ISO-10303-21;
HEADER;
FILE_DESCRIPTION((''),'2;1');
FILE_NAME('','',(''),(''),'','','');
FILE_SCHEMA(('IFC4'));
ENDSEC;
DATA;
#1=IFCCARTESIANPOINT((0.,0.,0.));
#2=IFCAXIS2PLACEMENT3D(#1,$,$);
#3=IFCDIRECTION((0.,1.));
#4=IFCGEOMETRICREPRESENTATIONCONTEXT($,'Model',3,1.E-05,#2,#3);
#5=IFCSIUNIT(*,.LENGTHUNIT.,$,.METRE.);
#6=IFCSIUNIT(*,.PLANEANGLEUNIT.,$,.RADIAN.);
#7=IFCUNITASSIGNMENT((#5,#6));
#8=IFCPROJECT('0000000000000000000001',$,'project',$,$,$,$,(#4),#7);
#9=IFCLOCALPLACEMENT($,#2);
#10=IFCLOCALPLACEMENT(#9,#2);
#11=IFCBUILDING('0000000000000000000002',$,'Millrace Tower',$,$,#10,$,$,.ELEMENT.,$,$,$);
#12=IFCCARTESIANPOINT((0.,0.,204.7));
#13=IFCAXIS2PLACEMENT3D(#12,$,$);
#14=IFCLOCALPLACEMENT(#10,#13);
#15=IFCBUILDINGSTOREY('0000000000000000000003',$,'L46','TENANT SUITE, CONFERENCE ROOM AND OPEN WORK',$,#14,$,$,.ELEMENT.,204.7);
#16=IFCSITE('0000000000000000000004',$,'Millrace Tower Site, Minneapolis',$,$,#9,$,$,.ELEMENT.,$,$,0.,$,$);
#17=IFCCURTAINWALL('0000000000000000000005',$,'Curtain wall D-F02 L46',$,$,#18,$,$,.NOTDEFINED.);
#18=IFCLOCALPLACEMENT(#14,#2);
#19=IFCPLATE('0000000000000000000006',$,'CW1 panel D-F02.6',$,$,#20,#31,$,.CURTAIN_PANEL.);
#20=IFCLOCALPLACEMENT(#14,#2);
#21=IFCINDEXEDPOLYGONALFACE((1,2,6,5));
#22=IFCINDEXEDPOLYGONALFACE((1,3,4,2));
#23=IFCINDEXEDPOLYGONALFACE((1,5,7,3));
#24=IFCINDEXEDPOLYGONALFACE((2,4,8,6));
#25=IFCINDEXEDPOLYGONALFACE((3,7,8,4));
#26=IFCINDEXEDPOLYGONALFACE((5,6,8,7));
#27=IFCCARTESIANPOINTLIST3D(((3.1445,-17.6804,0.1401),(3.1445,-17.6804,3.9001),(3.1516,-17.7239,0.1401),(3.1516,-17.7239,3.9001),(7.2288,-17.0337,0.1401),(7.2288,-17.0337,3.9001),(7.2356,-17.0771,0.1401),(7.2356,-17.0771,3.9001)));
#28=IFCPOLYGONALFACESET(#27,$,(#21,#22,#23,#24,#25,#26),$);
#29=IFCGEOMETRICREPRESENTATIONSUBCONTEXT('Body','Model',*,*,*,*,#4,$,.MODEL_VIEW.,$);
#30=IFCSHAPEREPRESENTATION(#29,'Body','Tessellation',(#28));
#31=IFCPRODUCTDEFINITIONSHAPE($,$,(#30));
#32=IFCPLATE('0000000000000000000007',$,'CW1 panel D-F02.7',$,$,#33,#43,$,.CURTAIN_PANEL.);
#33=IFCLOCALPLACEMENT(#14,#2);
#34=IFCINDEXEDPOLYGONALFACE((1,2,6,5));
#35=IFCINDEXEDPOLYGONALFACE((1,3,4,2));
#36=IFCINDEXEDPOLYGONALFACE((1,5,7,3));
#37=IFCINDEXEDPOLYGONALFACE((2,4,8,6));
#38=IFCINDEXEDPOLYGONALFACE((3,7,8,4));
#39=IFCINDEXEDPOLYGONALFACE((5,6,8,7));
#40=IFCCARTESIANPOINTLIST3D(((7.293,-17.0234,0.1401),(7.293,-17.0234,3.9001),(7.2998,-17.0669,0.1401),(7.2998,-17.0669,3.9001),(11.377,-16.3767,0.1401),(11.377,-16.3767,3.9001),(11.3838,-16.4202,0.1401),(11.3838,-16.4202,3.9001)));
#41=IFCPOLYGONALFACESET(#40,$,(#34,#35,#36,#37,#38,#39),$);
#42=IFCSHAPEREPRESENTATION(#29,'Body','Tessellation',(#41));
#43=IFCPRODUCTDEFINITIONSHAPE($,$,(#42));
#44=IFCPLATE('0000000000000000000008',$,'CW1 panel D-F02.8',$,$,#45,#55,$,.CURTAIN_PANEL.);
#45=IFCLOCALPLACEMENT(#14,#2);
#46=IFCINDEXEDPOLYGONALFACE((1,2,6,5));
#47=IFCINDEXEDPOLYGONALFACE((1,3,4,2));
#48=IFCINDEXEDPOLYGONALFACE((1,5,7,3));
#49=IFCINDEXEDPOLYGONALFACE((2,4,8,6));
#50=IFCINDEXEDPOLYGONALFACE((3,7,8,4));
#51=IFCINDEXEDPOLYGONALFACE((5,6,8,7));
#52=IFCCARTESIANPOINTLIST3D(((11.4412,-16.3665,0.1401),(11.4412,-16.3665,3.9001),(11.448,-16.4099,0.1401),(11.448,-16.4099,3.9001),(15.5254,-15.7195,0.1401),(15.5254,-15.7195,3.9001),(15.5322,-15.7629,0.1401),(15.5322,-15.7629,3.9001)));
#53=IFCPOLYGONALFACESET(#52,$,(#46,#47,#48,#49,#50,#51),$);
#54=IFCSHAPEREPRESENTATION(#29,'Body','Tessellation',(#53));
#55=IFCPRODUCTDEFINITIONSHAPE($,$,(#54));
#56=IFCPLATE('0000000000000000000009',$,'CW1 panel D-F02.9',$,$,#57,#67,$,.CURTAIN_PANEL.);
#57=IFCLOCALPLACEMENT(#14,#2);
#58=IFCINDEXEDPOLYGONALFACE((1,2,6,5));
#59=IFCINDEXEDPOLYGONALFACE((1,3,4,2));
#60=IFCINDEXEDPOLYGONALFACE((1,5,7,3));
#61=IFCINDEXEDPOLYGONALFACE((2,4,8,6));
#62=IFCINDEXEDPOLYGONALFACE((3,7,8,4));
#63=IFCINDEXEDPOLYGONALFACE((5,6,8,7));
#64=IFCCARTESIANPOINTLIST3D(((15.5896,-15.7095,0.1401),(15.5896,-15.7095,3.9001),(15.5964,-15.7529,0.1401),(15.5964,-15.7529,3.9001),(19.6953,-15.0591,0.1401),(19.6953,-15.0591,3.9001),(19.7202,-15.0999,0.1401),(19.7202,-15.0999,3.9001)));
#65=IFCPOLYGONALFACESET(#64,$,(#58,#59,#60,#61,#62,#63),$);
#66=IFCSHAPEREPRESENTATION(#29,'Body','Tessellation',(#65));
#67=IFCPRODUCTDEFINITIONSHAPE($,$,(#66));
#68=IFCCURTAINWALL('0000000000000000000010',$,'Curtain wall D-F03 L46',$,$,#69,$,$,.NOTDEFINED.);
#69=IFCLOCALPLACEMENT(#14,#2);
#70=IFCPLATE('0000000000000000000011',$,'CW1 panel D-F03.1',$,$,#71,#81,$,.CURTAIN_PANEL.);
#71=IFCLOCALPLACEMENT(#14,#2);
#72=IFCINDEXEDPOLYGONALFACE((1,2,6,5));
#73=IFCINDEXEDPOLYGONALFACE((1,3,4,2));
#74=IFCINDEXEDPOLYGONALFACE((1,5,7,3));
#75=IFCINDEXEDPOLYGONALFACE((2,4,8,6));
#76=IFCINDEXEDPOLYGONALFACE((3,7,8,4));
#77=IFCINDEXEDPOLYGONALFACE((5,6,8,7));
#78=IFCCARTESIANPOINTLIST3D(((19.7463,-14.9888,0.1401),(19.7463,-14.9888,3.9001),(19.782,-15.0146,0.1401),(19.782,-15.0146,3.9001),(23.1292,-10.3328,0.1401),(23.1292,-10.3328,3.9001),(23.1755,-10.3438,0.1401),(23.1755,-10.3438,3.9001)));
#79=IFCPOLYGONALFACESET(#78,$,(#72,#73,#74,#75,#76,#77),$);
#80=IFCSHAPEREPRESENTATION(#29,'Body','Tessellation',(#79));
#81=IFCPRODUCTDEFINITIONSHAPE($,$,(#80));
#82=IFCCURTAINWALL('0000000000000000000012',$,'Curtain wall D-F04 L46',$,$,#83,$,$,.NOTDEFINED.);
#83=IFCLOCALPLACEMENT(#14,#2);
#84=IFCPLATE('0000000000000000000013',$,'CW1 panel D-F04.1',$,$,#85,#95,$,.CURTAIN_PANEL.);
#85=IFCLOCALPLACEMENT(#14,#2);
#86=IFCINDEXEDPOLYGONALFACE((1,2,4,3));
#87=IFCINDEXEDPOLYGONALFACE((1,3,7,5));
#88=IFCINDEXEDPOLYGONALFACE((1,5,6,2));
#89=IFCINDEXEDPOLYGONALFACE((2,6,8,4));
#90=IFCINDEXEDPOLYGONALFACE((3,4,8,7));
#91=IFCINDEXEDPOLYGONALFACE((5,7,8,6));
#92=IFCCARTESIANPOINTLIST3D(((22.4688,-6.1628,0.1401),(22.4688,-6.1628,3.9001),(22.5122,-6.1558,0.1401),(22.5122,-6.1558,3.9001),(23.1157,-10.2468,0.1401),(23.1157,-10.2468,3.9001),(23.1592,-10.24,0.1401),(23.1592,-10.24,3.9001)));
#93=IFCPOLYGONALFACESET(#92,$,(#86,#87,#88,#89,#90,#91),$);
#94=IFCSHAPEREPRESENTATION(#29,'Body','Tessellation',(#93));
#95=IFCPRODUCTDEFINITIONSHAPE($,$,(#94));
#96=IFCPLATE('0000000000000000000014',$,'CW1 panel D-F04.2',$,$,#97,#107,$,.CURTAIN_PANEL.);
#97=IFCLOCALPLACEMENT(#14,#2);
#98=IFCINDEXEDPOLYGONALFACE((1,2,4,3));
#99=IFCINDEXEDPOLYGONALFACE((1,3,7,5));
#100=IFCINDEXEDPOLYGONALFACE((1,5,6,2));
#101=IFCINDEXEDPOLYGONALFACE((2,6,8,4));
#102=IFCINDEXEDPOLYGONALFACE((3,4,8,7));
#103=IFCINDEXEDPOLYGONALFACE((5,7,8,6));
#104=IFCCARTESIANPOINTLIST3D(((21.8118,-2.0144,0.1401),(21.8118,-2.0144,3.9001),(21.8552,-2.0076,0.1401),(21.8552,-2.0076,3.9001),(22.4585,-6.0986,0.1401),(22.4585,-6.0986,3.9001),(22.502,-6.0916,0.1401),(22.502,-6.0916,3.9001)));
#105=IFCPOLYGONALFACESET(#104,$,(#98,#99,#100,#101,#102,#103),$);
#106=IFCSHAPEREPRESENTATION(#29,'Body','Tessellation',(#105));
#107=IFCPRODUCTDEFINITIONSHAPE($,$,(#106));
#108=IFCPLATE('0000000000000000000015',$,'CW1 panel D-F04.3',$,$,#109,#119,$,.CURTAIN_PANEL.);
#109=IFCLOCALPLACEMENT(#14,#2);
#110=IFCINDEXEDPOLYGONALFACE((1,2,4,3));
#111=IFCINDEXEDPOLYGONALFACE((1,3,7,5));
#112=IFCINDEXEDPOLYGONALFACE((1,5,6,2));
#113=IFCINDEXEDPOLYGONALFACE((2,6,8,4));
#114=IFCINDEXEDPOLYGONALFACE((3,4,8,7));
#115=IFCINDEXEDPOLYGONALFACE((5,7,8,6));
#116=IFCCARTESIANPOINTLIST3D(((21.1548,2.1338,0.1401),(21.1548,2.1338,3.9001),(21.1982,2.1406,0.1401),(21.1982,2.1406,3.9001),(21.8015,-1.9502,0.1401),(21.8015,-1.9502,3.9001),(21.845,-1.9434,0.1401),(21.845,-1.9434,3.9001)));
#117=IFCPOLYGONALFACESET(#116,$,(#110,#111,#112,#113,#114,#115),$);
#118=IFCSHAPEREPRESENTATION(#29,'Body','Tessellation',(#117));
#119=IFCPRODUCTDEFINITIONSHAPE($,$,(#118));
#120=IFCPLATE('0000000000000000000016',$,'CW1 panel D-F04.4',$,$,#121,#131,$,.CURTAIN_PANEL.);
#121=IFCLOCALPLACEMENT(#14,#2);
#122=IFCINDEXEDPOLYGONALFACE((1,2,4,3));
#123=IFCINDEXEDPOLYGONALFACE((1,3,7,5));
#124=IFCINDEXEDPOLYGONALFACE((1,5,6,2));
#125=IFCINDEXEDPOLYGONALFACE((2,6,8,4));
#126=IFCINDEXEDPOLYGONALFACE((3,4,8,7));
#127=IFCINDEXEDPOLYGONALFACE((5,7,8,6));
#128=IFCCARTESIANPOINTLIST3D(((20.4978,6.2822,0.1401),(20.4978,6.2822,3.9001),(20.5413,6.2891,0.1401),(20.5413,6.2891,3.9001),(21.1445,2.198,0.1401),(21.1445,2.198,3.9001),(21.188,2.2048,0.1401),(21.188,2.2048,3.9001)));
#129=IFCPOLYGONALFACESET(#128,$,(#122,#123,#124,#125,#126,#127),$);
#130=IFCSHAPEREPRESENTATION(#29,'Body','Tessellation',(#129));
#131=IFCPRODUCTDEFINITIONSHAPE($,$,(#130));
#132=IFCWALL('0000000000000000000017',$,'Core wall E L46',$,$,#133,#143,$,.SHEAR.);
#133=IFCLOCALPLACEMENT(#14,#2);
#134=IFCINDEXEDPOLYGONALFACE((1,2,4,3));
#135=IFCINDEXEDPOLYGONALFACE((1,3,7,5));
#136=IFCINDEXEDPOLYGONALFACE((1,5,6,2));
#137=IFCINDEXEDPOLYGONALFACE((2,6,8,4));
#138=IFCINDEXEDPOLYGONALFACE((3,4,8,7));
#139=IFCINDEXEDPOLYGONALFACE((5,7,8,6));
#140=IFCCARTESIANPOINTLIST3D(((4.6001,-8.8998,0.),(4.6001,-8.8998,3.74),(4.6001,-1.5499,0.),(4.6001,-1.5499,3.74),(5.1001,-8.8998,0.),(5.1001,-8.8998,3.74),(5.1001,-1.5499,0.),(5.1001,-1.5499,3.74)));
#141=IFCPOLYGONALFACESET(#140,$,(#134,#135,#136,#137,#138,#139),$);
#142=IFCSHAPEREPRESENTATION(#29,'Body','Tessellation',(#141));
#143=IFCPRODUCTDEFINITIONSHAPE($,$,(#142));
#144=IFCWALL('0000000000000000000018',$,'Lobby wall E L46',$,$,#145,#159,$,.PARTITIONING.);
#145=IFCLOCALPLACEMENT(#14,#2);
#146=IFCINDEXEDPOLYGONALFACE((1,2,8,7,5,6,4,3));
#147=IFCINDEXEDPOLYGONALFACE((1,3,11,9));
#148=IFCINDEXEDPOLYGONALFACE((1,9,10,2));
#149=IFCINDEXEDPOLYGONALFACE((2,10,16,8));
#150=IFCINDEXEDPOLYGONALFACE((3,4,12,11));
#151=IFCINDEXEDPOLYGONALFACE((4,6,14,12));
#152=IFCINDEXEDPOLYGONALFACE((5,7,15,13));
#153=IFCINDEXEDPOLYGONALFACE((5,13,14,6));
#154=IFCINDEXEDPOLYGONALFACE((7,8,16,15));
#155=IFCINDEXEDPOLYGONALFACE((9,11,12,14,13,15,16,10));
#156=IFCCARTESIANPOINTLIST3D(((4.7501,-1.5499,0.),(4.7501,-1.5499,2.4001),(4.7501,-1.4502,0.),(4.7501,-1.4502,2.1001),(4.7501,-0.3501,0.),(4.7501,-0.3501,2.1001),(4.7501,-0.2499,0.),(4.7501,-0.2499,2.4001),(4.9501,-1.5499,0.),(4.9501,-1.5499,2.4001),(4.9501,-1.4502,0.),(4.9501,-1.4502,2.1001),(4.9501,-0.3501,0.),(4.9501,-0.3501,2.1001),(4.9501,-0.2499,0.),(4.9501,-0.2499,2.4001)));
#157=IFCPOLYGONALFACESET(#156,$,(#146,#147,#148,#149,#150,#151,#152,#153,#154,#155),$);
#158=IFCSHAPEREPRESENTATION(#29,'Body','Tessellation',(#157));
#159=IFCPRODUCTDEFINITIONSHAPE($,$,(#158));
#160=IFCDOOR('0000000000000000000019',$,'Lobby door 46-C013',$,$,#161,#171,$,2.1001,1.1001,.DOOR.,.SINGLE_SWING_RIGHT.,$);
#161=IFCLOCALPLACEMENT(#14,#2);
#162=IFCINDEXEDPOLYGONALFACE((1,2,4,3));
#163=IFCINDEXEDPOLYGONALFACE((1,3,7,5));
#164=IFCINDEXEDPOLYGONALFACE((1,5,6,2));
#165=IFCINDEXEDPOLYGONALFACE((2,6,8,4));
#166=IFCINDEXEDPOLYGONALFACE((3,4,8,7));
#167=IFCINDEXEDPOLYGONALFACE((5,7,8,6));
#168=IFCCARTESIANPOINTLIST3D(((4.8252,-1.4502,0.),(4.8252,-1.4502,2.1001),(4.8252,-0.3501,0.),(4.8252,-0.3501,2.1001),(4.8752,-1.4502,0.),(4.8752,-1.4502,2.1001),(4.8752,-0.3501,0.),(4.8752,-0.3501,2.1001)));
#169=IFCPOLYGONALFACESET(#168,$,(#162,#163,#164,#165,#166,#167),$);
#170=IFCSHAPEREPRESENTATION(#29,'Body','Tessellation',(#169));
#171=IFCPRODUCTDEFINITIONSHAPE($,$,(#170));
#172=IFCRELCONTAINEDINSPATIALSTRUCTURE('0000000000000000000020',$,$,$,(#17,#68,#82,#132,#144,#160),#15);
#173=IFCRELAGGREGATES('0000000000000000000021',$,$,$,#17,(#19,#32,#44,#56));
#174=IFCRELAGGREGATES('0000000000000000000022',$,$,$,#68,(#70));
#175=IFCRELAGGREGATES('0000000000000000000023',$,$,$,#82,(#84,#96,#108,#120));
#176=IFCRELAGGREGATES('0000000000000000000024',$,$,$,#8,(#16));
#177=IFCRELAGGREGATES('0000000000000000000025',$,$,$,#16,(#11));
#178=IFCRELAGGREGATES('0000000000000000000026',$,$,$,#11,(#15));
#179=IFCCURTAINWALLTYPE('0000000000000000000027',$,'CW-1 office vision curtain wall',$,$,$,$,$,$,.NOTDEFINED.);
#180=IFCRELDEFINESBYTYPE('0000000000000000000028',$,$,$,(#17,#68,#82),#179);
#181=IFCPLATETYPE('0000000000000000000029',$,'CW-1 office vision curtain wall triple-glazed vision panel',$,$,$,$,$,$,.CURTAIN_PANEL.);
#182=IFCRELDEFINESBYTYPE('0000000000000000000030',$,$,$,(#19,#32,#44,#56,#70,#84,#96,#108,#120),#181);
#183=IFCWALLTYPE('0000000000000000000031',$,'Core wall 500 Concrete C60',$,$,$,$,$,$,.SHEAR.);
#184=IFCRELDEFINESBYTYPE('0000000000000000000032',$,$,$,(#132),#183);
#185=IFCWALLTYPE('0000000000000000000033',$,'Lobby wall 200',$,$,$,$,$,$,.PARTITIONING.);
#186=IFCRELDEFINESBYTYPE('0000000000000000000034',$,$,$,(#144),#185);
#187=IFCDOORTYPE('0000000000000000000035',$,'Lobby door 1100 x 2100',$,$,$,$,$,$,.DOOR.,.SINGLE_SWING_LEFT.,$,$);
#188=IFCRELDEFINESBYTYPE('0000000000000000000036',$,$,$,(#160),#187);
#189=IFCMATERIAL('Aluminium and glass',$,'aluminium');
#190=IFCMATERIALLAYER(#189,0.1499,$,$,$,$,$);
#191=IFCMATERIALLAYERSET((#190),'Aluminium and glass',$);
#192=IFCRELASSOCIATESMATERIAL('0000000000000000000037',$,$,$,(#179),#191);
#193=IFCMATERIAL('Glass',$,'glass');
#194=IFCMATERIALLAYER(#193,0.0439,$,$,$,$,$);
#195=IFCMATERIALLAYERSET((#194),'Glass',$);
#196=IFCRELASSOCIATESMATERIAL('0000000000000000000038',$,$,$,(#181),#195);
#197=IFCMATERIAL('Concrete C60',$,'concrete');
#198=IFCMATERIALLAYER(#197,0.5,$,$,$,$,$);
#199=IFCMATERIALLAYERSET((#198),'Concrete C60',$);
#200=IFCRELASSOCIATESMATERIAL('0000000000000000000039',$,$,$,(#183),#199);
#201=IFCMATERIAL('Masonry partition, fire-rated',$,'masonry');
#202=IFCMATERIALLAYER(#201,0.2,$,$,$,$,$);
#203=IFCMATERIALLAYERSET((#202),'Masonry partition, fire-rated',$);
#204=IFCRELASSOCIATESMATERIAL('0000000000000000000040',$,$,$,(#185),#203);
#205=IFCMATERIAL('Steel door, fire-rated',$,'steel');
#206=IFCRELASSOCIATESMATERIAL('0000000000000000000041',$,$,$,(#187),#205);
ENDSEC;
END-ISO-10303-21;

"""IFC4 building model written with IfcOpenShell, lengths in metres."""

from ifc_helpers import new_model, si_unit, direction, frame, frame_2d, origin, place, context, subcontext, project, spatial, polyline, rectangle, outline, extrude, material, layer, layer_set, type_object, element, fill, aggregate, save


model = new_model("IFC4")

# Units and contexts
model_context = context("Model", 3, precision=1e-05, world=origin(), true_north=direction((0.0, 1.0)))
body_context = subcontext(model_context, "Body", "Model", "MODEL_VIEW")
ifc_project = project(units=[si_unit("LENGTHUNIT", "METRE"), si_unit("PLANEANGLEUNIT", "RADIAN")], contexts=[model_context])

# Site, building, storey
site_placement = place(None, origin())
site = spatial("IfcSite", under=ifc_project, at=site_placement, Name="Millrace Tower Site, Minneapolis", CompositionType="ELEMENT", RefElevation=0.0)
building_placement = place(site_placement, origin())
building = spatial("IfcBuilding", under=site, at=building_placement, Name="Millrace Tower", CompositionType="ELEMENT")
storey_placement = place(building_placement, frame((0.0, 0.0, 204.7)))
storey = spatial("IfcBuildingStorey", under=building, at=storey_placement, Name="L46", Description="TENANT SUITE, CONFERENCE ROOM AND OPEN WORK", CompositionType="ELEMENT", Elevation=204.7)

# Curtain wall
ifc_material_1 = material(Name="Aluminium and glass", Category="aluminium")
ifc_layer_1 = layer(ifc_material_1, 0.1499)
ifc_layer_set_1 = layer_set([ifc_layer_1], Name="Aluminium and glass")
curtain_wall_type = type_object("IfcCurtainWallType", Name="CW-1 office vision curtain wall", PredefinedType="NOTDEFINED", material=ifc_layer_set_1)
placement_1 = place(storey_placement, origin())
curtain_wall_1 = element("IfcCurtainWall", 1, at=placement_1, inside=storey, type_object=curtain_wall_type, Name="Curtain wall D-F02 L46", PredefinedType="NOTDEFINED")

# Plates
ifc_material_2 = material(Name="Glass", Category="glass")
ifc_layer_2 = layer(ifc_material_2, 0.0439)
ifc_layer_set_2 = layer_set([ifc_layer_2], Name="Glass")
plate_type = type_object("IfcPlateType", Name="CW-1 office vision curtain wall triple-glazed vision panel", PredefinedType="CURTAIN_PANEL", material=ifc_layer_set_2)
placement_2 = place(storey_placement, frame((0.0, 0.0, 0.1401)))
plate_1 = element("IfcPlate", 2, at=placement_2, type_object=plate_type, Name="CW1 panel D-F02.6", PredefinedType="CURTAIN_PANEL", context=body_context, shape_type="SweptSolid", body=[
    extrude(outline(polyline([(3.1516, -17.7239), (7.2356, -17.0771), (7.2288, -17.0337), (3.1445, -17.6804), (3.1516, -17.7239)])), origin(), (0.0, 0.0, 1.0), 3.76),
])
plate_2 = element("IfcPlate", 3, at=placement_2, type_object=plate_type, Name="CW1 panel D-F02.7", PredefinedType="CURTAIN_PANEL", context=body_context, shape_type="SweptSolid", body=[
    extrude(outline(polyline([(7.2998, -17.0669), (11.3838, -16.4202), (11.377, -16.3767), (7.293, -17.0234), (7.2998, -17.0669)])), origin(), (0.0, 0.0, 1.0), 3.76),
])
plate_3 = element("IfcPlate", 4, at=placement_2, type_object=plate_type, Name="CW1 panel D-F02.8", PredefinedType="CURTAIN_PANEL", context=body_context, shape_type="SweptSolid", body=[
    extrude(outline(polyline([(11.448, -16.4099), (15.5322, -15.7629), (15.5254, -15.7195), (11.4412, -16.3665), (11.448, -16.4099)])), origin(), (0.0, 0.0, 1.0), 3.76),
])
plate_4 = element("IfcPlate", 5, at=placement_2, type_object=plate_type, Name="CW1 panel D-F02.9", PredefinedType="CURTAIN_PANEL", context=body_context, shape_type="SweptSolid", body=[
    extrude(outline(polyline([(15.5964, -15.7529), (19.7202, -15.0999), (19.6953, -15.0591), (15.5896, -15.7095), (15.5964, -15.7529)])), origin(), (0.0, 0.0, 1.0), 3.76),
])
aggregate(curtain_wall_1, [plate_1, plate_2, plate_3, plate_4])

# Curtain wall, plate
curtain_wall_2 = element("IfcCurtainWall", 6, at=placement_1, inside=storey, type_object=curtain_wall_type, Name="Curtain wall D-F03 L46", PredefinedType="NOTDEFINED")
plate_5 = element("IfcPlate", 7, at=placement_2, type_object=plate_type, Name="CW1 panel D-F03.1", PredefinedType="CURTAIN_PANEL", context=body_context, shape_type="SweptSolid", body=[
    extrude(outline(polyline([(19.782, -15.0146), (23.1755, -10.3438), (23.1292, -10.3328), (19.7463, -14.9888), (19.782, -15.0146)])), origin(), (0.0, 0.0, 1.0), 3.76),
])
aggregate(curtain_wall_2, [plate_5])

# Curtain wall, plates
curtain_wall_3 = element("IfcCurtainWall", 8, at=placement_1, inside=storey, type_object=curtain_wall_type, Name="Curtain wall D-F04 L46", PredefinedType="NOTDEFINED")
plate_6 = element("IfcPlate", 9, at=placement_2, type_object=plate_type, Name="CW1 panel D-F04.1", PredefinedType="CURTAIN_PANEL", context=body_context, shape_type="SweptSolid", body=[
    extrude(outline(polyline([(23.1592, -10.24), (22.5122, -6.1558), (22.4688, -6.1628), (23.1157, -10.2468), (23.1592, -10.24)])), origin(), (0.0, 0.0, 1.0), 3.76),
])
plate_7 = element("IfcPlate", 10, at=placement_2, type_object=plate_type, Name="CW1 panel D-F04.2", PredefinedType="CURTAIN_PANEL", context=body_context, shape_type="SweptSolid", body=[
    extrude(outline(polyline([(22.502, -6.0916), (21.8552, -2.0076), (21.8118, -2.0144), (22.4585, -6.0986), (22.502, -6.0916)])), origin(), (0.0, 0.0, 1.0), 3.76),
])
plate_8 = element("IfcPlate", 11, at=placement_2, type_object=plate_type, Name="CW1 panel D-F04.3", PredefinedType="CURTAIN_PANEL", context=body_context, shape_type="SweptSolid", body=[
    extrude(outline(polyline([(21.845, -1.9434), (21.1982, 2.1406), (21.1548, 2.1338), (21.8015, -1.9502), (21.845, -1.9434)])), origin(), (0.0, 0.0, 1.0), 3.76),
])
plate_9 = element("IfcPlate", 12, at=placement_2, type_object=plate_type, Name="CW1 panel D-F04.4", PredefinedType="CURTAIN_PANEL", context=body_context, shape_type="SweptSolid", body=[
    extrude(outline(polyline([(21.188, 2.2048), (20.5413, 6.2891), (20.4978, 6.2822), (21.1445, 2.198), (21.188, 2.2048)])), origin(), (0.0, 0.0, 1.0), 3.76),
])
aggregate(curtain_wall_3, [plate_6, plate_7, plate_8, plate_9])

# Wall
ifc_material_3 = material(Name="Concrete C60", Category="concrete")
ifc_layer_3 = layer(ifc_material_3, 0.5)
ifc_layer_set_3 = layer_set([ifc_layer_3], Name="Concrete C60")
wall_type_1 = type_object("IfcWallType", Name="Core wall 500 Concrete C60", PredefinedType="SHEAR", material=ifc_layer_set_3)
wall_1_placement = place(storey_placement, frame((4.8501, -1.55, 0.0), z_axis=(0.0, 0.0, 1.0), x_axis=(0.0, -1.0, 0.0)))
element("IfcWall", 13, at=wall_1_placement, inside=storey, type_object=wall_type_1, Name="Core wall E L46", PredefinedType="SHEAR", context=body_context, shape_type="SweptSolid", body=[
    extrude(rectangle(XDim=7.3499, YDim=0.5, at=frame_2d((3.6748, 0.0))), origin(), (0.0, 0.0, 1.0), 3.74),
])

# Wall, opening, door
ifc_material_4 = material(Name="Masonry partition, fire-rated", Category="masonry")
ifc_layer_4 = layer(ifc_material_4, 0.2)
ifc_layer_set_4 = layer_set([ifc_layer_4], Name="Masonry partition, fire-rated")
wall_type_2 = type_object("IfcWallType", Name="Lobby wall 200", PredefinedType="PARTITIONING", material=ifc_layer_set_4)
wall_2_placement = place(storey_placement, frame((4.8501, -0.25, 0.0), z_axis=(0.0, 0.0, 1.0), x_axis=(0.0, -1.0, 0.0)))
wall_2 = element("IfcWall", 14, at=wall_2_placement, inside=storey, type_object=wall_type_2, Name="Lobby wall E L46", PredefinedType="PARTITIONING", context=body_context, shape_type="SweptSolid", body=[
    extrude(rectangle(XDim=1.3, YDim=0.2, at=frame_2d((0.6499, 0.0))), origin(), (0.0, 0.0, 1.0), 2.4001),
])
opening_placement = place(wall_2_placement, frame((0.1001, 0.0, 0.0)))
opening = element("IfcOpeningElement", 15, at=opening_placement, cuts=wall_2, PredefinedType="OPENING", context=body_context, shape_type="SweptSolid", body=[
    extrude(rectangle(XDim=1.1001, YDim=2.1001, at=frame_2d((0.55, 1.05))), frame((0.0, 0.1099, 0.0), z_axis=(0.0, -1.0, 0.0), x_axis=(1.0, 0.0, 0.0)), (0.0, 0.0, 1.0), 0.22),
])
ifc_material_5 = material(Name="Steel door, fire-rated", Category="steel")
door_type = type_object("IfcDoorType", Name="Lobby door 1100 x 2100", OperationType="SINGLE_SWING_LEFT", PredefinedType="DOOR", material=ifc_material_5)
door_placement = place(opening_placement, frame((1.1001, 0.0, 0.0), z_axis=(0.0, 0.0, 1.0), x_axis=(-1.0, 0.0, 0.0)))
door = element("IfcDoor", 16, at=door_placement, inside=storey, type_object=door_type, Name="Lobby door 46-C013", OperationType="SINGLE_SWING_RIGHT", OverallHeight=2.1001, OverallWidth=1.1001, PredefinedType="DOOR", context=body_context, shape_type="SweptSolid", body=[
    extrude(rectangle(XDim=1.1001, YDim=2.1001, at=frame_2d((0.55, 1.05))), frame((0.0, 0.0249, 0.0), z_axis=(0.0, -1.0, 0.0), x_axis=(1.0, 0.0, 0.0)), (0.0, 0.0, 1.0), 0.05),
])
fill(opening, door)

save(model, "model.ifc")
